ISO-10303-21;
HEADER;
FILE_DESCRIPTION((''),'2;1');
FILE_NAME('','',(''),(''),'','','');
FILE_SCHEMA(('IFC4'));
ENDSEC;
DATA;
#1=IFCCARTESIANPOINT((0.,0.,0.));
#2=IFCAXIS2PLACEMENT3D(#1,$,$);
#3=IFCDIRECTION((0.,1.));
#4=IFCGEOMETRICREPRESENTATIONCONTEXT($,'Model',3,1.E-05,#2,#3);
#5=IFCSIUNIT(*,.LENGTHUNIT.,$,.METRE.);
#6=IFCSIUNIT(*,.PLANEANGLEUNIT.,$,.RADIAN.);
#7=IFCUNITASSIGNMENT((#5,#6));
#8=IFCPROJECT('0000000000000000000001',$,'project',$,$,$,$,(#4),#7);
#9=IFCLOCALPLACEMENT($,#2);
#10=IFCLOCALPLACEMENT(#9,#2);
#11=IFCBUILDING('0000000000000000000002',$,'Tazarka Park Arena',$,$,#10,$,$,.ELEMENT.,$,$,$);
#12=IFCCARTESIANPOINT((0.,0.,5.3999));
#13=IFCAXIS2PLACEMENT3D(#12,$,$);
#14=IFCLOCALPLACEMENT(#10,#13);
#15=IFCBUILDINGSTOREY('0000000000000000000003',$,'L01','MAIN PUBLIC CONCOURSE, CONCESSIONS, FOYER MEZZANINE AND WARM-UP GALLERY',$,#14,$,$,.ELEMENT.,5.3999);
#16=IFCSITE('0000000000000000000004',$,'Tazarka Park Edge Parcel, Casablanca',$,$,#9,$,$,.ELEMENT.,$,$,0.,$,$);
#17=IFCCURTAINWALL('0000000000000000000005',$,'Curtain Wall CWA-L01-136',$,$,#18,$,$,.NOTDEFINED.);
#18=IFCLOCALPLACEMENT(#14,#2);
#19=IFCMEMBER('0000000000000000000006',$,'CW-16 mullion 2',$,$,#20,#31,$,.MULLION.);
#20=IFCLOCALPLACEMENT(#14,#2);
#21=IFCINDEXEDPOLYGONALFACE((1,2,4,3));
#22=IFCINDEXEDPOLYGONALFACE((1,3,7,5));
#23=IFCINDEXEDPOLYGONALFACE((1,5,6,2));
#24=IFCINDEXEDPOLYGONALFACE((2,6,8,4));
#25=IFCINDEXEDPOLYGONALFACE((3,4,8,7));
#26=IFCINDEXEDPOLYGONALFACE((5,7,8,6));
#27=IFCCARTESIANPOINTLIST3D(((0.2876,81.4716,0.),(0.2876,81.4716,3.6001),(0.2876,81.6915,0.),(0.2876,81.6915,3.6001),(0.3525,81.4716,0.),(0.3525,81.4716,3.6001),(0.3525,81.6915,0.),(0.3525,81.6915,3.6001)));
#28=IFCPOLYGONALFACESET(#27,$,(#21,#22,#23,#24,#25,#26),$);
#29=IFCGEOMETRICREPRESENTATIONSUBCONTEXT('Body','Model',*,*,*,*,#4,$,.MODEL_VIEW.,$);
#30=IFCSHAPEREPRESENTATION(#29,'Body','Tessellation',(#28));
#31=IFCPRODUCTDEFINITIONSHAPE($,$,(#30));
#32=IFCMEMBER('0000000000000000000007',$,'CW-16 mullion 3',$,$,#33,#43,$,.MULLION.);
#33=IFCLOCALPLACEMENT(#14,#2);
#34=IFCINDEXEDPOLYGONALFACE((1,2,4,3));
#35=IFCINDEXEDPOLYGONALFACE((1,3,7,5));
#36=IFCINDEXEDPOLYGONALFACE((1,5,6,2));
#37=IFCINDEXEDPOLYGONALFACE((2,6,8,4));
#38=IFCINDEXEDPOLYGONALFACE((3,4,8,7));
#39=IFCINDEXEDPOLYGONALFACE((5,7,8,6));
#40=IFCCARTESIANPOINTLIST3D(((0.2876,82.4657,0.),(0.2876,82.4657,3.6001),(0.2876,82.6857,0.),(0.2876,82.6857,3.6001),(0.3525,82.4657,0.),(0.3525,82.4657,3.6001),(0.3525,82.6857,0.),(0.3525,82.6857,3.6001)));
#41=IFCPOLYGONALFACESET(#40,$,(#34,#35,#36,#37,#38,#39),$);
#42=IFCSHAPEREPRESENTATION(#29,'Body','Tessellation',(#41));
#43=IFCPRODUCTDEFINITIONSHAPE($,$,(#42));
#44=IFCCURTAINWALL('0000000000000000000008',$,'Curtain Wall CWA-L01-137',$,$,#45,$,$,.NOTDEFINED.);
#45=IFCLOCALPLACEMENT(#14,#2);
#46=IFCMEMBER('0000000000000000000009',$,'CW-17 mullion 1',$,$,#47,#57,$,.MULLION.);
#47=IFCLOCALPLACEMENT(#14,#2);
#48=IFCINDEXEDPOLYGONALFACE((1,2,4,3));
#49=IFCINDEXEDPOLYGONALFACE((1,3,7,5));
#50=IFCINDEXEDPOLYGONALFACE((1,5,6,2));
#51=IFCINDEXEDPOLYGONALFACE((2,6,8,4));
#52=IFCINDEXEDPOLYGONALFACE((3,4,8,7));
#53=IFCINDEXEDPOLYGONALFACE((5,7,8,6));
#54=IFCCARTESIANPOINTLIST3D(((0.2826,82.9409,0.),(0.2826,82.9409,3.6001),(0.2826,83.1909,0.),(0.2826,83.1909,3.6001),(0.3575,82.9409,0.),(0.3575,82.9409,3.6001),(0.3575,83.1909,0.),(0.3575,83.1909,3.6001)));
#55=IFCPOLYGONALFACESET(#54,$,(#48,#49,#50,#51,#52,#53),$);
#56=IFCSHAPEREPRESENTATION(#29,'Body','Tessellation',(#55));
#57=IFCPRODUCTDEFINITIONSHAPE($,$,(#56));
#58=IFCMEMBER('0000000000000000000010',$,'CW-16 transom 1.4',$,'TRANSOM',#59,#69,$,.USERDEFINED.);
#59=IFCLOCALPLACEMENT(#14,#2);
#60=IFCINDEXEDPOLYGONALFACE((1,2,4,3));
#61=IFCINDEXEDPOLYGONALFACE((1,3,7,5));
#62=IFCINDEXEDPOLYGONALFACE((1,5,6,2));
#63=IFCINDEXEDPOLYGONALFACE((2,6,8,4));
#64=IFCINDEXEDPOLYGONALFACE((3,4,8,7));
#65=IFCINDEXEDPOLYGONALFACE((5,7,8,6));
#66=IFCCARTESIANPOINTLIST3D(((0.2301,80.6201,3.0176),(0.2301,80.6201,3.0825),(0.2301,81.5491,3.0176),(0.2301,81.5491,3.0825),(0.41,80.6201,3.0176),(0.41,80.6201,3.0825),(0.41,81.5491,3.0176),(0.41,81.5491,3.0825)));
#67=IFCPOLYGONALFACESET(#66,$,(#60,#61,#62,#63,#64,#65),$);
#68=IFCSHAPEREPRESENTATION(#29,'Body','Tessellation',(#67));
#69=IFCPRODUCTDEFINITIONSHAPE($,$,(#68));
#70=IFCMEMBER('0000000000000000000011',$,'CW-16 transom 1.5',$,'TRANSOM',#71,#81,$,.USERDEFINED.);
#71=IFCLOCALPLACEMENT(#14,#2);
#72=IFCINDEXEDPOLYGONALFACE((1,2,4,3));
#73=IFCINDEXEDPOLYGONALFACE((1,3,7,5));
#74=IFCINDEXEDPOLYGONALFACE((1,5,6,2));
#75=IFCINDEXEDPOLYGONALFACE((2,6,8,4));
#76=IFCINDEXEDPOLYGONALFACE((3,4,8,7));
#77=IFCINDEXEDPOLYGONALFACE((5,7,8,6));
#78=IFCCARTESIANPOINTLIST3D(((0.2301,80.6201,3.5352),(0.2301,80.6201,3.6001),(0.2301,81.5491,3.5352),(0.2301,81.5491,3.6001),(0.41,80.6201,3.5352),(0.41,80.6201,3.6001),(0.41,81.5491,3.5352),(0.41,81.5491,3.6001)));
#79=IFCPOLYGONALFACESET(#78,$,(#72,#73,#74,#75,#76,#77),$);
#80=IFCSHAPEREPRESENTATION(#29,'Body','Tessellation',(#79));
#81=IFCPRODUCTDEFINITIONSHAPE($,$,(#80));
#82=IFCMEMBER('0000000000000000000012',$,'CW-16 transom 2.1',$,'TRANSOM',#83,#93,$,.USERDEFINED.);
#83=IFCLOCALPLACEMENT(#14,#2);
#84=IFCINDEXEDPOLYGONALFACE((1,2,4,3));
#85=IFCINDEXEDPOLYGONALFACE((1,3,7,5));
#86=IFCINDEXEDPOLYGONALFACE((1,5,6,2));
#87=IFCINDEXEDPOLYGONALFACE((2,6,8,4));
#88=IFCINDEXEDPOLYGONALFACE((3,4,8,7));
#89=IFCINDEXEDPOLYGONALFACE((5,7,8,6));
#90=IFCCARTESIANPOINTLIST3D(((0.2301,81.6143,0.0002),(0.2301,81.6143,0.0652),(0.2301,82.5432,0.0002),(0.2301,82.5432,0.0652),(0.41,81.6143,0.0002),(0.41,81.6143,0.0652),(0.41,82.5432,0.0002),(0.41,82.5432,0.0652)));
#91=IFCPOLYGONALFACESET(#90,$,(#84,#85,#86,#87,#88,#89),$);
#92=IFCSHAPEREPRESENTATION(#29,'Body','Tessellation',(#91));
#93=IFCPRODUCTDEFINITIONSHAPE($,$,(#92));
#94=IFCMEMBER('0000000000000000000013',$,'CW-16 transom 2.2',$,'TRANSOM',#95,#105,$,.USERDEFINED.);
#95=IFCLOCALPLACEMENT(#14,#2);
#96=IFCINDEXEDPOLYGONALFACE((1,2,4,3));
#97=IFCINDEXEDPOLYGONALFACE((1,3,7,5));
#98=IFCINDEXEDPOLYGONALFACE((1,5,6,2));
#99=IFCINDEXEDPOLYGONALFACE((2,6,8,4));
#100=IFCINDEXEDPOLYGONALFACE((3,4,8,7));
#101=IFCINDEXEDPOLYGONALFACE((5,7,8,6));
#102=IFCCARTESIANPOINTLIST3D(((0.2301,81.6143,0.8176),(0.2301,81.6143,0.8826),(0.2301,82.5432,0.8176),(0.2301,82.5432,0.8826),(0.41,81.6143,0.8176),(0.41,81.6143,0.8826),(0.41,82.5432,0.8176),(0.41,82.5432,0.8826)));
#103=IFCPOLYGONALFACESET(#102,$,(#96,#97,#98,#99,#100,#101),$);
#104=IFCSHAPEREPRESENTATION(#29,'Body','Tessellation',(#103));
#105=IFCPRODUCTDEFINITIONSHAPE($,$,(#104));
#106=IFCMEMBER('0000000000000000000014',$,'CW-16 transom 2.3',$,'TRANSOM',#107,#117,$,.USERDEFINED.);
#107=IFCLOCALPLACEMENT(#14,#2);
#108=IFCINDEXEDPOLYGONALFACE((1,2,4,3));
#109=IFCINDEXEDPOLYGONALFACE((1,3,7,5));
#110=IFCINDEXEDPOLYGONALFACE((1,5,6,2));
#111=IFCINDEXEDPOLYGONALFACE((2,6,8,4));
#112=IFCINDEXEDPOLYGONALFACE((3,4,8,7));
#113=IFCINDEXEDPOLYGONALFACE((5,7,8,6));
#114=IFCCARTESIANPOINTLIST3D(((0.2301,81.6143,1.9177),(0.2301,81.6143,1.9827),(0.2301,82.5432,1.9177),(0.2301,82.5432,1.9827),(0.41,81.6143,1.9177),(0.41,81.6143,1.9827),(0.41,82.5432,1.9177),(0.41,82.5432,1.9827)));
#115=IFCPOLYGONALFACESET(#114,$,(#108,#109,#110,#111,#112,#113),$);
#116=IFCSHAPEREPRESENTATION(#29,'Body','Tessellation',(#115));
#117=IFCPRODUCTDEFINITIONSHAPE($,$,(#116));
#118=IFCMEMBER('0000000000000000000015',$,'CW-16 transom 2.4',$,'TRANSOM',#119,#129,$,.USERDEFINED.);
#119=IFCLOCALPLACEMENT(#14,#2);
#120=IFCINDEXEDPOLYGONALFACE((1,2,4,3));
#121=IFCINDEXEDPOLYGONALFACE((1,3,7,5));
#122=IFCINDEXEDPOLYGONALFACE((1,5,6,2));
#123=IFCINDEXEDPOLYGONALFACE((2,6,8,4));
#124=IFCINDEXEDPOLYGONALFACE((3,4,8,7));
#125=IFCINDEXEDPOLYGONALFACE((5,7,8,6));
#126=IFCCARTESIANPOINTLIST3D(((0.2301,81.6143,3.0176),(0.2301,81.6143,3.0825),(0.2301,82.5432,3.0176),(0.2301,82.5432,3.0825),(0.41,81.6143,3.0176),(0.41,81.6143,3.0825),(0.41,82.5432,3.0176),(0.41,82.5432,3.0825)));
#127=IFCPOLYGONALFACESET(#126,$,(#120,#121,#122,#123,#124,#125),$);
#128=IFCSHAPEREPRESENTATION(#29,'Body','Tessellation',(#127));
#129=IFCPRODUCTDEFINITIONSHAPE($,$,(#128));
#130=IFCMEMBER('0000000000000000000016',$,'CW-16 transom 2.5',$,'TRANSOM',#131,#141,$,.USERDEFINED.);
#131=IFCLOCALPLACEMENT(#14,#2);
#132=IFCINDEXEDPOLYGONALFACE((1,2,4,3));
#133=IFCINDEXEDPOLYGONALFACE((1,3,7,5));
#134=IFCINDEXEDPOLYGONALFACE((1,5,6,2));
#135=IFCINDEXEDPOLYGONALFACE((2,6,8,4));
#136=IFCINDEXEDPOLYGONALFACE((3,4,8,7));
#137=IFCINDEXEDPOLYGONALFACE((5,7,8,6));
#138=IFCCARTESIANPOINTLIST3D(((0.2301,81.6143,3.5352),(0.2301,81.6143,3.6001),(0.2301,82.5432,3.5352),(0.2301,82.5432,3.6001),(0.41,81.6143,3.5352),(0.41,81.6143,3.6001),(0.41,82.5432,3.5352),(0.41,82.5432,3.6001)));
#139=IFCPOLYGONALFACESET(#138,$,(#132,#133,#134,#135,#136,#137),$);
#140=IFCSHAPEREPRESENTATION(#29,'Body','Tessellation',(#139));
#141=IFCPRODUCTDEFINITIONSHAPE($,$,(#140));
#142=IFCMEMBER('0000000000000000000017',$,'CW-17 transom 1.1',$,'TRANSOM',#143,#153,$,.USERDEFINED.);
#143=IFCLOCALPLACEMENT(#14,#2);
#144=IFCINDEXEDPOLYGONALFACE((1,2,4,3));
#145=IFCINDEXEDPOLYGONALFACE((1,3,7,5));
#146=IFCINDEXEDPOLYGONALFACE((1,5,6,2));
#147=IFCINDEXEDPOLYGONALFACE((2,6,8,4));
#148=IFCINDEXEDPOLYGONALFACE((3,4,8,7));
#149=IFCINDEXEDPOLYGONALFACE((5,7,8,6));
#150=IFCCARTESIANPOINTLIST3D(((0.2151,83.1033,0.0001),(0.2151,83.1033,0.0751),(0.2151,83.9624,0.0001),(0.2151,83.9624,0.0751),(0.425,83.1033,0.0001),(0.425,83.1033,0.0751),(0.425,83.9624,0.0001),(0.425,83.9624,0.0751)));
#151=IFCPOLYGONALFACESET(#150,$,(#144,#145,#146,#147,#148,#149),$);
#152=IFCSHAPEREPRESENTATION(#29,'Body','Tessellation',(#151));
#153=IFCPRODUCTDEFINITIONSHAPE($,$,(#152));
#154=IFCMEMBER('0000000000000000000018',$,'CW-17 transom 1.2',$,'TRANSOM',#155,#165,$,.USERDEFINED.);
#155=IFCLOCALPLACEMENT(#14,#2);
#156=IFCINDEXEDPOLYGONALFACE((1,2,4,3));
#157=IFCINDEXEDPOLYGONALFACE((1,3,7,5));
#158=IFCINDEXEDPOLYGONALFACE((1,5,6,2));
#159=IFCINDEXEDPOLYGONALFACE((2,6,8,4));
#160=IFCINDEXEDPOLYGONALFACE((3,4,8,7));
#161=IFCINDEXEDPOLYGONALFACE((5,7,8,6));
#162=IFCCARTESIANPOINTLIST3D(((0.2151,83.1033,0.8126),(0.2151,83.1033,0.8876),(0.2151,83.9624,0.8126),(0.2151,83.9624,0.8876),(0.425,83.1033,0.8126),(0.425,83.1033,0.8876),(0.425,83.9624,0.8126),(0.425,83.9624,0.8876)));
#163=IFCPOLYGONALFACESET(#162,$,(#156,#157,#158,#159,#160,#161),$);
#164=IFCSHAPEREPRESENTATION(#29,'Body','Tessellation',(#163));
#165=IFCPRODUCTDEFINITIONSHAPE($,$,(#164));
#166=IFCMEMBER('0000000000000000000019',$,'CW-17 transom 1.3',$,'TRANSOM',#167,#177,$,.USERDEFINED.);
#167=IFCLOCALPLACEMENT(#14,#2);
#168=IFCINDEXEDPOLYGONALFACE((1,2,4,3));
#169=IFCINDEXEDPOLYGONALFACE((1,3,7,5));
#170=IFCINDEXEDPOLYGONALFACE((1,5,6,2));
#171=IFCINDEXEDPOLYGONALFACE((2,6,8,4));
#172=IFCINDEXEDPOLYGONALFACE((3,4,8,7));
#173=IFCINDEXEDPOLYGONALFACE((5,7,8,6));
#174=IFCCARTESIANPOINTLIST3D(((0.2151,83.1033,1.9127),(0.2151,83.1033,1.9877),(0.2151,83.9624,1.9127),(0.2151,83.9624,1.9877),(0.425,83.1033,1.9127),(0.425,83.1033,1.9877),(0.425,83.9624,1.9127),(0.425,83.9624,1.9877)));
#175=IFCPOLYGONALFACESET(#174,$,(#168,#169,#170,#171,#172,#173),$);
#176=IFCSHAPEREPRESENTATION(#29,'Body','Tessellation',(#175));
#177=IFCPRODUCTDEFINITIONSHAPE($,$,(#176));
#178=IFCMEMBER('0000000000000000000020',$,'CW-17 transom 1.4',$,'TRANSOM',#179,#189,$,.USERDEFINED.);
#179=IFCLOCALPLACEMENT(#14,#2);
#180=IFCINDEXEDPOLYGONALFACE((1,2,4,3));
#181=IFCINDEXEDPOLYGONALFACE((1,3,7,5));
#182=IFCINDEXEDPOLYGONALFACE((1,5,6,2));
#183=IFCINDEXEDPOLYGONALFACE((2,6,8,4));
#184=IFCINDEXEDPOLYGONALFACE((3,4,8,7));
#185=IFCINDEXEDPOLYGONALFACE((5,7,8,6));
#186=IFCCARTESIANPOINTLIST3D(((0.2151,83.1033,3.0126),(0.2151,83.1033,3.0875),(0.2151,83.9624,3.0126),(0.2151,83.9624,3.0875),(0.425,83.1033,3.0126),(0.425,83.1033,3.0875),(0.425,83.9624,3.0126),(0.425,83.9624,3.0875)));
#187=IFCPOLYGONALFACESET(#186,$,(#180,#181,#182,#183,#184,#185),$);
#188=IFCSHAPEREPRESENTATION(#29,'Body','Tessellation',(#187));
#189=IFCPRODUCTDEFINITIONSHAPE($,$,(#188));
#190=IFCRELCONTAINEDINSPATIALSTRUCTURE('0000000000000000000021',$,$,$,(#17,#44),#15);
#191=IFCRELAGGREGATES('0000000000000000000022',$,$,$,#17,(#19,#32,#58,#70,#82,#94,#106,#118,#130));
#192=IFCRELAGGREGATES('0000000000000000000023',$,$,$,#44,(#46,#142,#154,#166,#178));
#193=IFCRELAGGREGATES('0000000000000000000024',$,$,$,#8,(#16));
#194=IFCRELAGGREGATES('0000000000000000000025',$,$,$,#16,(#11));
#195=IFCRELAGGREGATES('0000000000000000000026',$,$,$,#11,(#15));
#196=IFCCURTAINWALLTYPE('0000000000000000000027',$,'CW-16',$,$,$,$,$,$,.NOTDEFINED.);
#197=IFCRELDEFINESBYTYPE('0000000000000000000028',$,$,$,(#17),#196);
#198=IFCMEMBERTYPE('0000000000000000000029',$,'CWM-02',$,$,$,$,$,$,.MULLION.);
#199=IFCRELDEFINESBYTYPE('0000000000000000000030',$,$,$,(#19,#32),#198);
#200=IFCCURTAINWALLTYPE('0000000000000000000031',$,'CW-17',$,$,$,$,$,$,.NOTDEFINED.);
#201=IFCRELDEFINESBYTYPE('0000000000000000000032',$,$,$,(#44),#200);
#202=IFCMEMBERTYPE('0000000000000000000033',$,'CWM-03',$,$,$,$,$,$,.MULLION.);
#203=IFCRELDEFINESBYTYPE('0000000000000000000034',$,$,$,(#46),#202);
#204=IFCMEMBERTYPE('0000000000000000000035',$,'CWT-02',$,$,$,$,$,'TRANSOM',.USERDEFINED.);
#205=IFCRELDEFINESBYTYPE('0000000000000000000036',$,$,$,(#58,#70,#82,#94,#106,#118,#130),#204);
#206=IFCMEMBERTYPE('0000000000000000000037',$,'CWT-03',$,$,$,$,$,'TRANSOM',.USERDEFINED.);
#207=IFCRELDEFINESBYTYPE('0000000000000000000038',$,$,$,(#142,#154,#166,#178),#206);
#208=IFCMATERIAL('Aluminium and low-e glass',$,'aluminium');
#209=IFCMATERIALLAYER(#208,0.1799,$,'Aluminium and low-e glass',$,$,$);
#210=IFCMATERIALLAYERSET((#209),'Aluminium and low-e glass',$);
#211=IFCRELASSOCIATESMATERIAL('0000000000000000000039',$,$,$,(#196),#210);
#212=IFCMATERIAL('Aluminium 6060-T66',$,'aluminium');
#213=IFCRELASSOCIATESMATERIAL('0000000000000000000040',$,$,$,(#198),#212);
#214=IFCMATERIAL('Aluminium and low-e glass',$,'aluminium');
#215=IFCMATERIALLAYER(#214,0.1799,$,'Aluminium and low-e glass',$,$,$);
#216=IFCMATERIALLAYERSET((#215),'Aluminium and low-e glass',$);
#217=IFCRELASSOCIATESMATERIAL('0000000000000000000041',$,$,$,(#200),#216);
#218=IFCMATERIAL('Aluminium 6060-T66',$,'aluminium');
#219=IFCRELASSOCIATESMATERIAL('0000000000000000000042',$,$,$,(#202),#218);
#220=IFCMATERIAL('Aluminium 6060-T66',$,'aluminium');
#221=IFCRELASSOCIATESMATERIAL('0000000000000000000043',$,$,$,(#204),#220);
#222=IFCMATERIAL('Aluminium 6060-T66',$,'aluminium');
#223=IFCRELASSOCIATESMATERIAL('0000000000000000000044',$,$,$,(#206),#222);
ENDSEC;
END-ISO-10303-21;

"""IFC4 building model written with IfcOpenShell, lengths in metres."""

from ifc_helpers import new_model, si_unit, direction, frame, origin, origin_2d, place, context, subcontext, project, spatial, rectangle, extrude, material, layer, layer_set, material_profile, profile_set, type_object, element, aggregate, save


model = new_model("IFC4")

# Units and contexts
model_context = context("Model", 3, precision=1e-05, world=origin(), true_north=direction((0.0, 1.0)))
body_context = subcontext(model_context, "Body", "Model", "MODEL_VIEW")
ifc_project = project(units=[si_unit("LENGTHUNIT", "METRE"), si_unit("PLANEANGLEUNIT", "RADIAN")], contexts=[model_context])

# Site, building, storey
site_placement = place(None, origin())
site = spatial("IfcSite", under=ifc_project, at=site_placement, Name="Tazarka Park Edge Parcel, Casablanca", CompositionType="ELEMENT", RefElevation=0.0)
building_placement = place(site_placement, origin())
building = spatial("IfcBuilding", under=site, at=building_placement, Name="Tazarka Park Arena", CompositionType="ELEMENT")
storey_placement = place(building_placement, frame((0.0, 0.0, 5.3999)))
storey = spatial("IfcBuildingStorey", under=building, at=storey_placement, Name="L01", Description="MAIN PUBLIC CONCOURSE, CONCESSIONS, FOYER MEZZANINE AND WARM-UP GALLERY", CompositionType="ELEMENT", Elevation=5.3999)

# Curtain wall, members
ifc_material_1 = material(Name="Aluminium and low-e glass", Category="aluminium")
ifc_layer_1 = layer(ifc_material_1, 0.1799, Name="Aluminium and low-e glass")
ifc_layer_set_1 = layer_set([ifc_layer_1], Name="Aluminium and low-e glass")
curtain_wall_type_1 = type_object("IfcCurtainWallType", Name="CW-16", PredefinedType="NOTDEFINED", material=ifc_layer_set_1)
curtain_wall_1_placement = place(storey_placement, origin())
curtain_wall_1 = element("IfcCurtainWall", 1, at=curtain_wall_1_placement, inside=storey, type_object=curtain_wall_type_1, Name="Curtain Wall CWA-L01-136", PredefinedType="NOTDEFINED")
ifc_material_2 = material(Name="Aluminium 6060-T66", Category="aluminium")
ifc_material_profile_1 = material_profile(ifc_material_2, rectangle(XDim=0.0649, YDim=0.22, at=origin_2d()), Name="Aluminium 6060-T66")
ifc_profile_set_1 = profile_set([ifc_material_profile_1], Name="Aluminium 6060-T66")
member_type_1 = type_object("IfcMemberType", Name="CWM-02", PredefinedType="MULLION", material=ifc_profile_set_1)
member_1_placement = place(storey_placement, frame((0.3201, 81.5815, 0.0), z_axis=(0.0, 0.0, 1.0), x_axis=(-1.0, 0.0, 0.0)))
member_1 = element("IfcMember", 2, at=member_1_placement, type_object=member_type_1, Name="CW-16 mullion 2", PredefinedType="MULLION", context=body_context, shape_type="SweptSolid", body=[
    extrude(rectangle(XDim=0.0649, YDim=0.22, at=origin_2d()), origin(), (0.0, 0.0, 1.0), 3.6001),
])
member_2_placement = place(storey_placement, frame((0.3201, 82.5757, 0.0), z_axis=(0.0, 0.0, 1.0), x_axis=(-1.0, 0.0, 0.0)))
member_2 = element("IfcMember", 3, at=member_2_placement, type_object=member_type_1, Name="CW-16 mullion 3", PredefinedType="MULLION", context=body_context, shape_type="SweptSolid", body=[
    extrude(rectangle(XDim=0.0649, YDim=0.22, at=origin_2d()), origin(), (0.0, 0.0, 1.0), 3.6001),
])

# Curtain wall, member
ifc_material_3 = material(Name="Aluminium and low-e glass", Category="aluminium")
ifc_layer_2 = layer(ifc_material_3, 0.1799, Name="Aluminium and low-e glass")
ifc_layer_set_2 = layer_set([ifc_layer_2], Name="Aluminium and low-e glass")
curtain_wall_type_2 = type_object("IfcCurtainWallType", Name="CW-17", PredefinedType="NOTDEFINED", material=ifc_layer_set_2)
curtain_wall_2_placement = place(storey_placement, origin())
curtain_wall_2 = element("IfcCurtainWall", 4, at=curtain_wall_2_placement, inside=storey, type_object=curtain_wall_type_2, Name="Curtain Wall CWA-L01-137", PredefinedType="NOTDEFINED")
ifc_material_4 = material(Name="Aluminium 6060-T66", Category="aluminium")
ifc_material_profile_2 = material_profile(ifc_material_4, rectangle(XDim=0.075, YDim=0.25, at=origin_2d()), Name="Aluminium 6060-T66")
ifc_profile_set_2 = profile_set([ifc_material_profile_2], Name="Aluminium 6060-T66")
member_type_2 = type_object("IfcMemberType", Name="CWM-03", PredefinedType="MULLION", material=ifc_profile_set_2)
member_3_placement = place(storey_placement, frame((0.3201, 83.0659, 0.0), z_axis=(0.0, 0.0, 1.0), x_axis=(-1.0, 0.0, 0.0)))
member_3 = element("IfcMember", 5, at=member_3_placement, type_object=member_type_2, Name="CW-17 mullion 1", PredefinedType="MULLION", context=body_context, shape_type="SweptSolid", body=[
    extrude(rectangle(XDim=0.075, YDim=0.25, at=origin_2d()), origin(), (0.0, 0.0, 1.0), 3.6001),
])

# Members
ifc_material_5 = material(Name="Aluminium 6060-T66", Category="aluminium")
ifc_material_profile_3 = material_profile(ifc_material_5, rectangle(XDim=0.1799, YDim=0.0649, at=origin_2d()), Name="Aluminium 6060-T66")
ifc_profile_set_3 = profile_set([ifc_material_profile_3], Name="Aluminium 6060-T66")
member_type_3 = type_object("IfcMemberType", Name="CWT-02", ElementType="TRANSOM", PredefinedType="USERDEFINED", material=ifc_profile_set_3)
member_4_placement = place(storey_placement, frame((0.3201, 80.6201, 3.05), z_axis=(0.0, 1.0, 0.0), x_axis=(-1.0, 0.0, 0.0)))
member_4 = element("IfcMember", 6, at=member_4_placement, type_object=member_type_3, Name="CW-16 transom 1.4", ObjectType="TRANSOM", PredefinedType="USERDEFINED", context=body_context, shape_type="SweptSolid", body=[
    extrude(rectangle(XDim=0.1799, YDim=0.0649, at=origin_2d()), origin(), (0.0, 0.0, 1.0), 0.929),
])
member_5_placement = place(storey_placement, frame((0.3201, 80.6201, 3.5676), z_axis=(0.0, 1.0, 0.0), x_axis=(-1.0, 0.0, 0.0)))
member_5 = element("IfcMember", 7, at=member_5_placement, type_object=member_type_3, Name="CW-16 transom 1.5", ObjectType="TRANSOM", PredefinedType="USERDEFINED", context=body_context, shape_type="SweptSolid", body=[
    extrude(rectangle(XDim=0.1799, YDim=0.0649, at=origin_2d()), origin(), (0.0, 0.0, 1.0), 0.929),
])
member_6_placement = place(storey_placement, frame((0.3201, 81.6143, 0.0327), z_axis=(0.0, 1.0, 0.0), x_axis=(-1.0, 0.0, 0.0)))
member_6 = element("IfcMember", 8, at=member_6_placement, type_object=member_type_3, Name="CW-16 transom 2.1", ObjectType="TRANSOM", PredefinedType="USERDEFINED", context=body_context, shape_type="SweptSolid", body=[
    extrude(rectangle(XDim=0.1799, YDim=0.0649, at=origin_2d()), origin(), (0.0, 0.0, 1.0), 0.929),
])
member_7_placement = place(storey_placement, frame((0.3201, 81.6143, 0.8501), z_axis=(0.0, 1.0, 0.0), x_axis=(-1.0, 0.0, 0.0)))
member_7 = element("IfcMember", 9, at=member_7_placement, type_object=member_type_3, Name="CW-16 transom 2.2", ObjectType="TRANSOM", PredefinedType="USERDEFINED", context=body_context, shape_type="SweptSolid", body=[
    extrude(rectangle(XDim=0.1799, YDim=0.0649, at=origin_2d()), origin(), (0.0, 0.0, 1.0), 0.929),
])
member_8_placement = place(storey_placement, frame((0.3201, 81.6143, 1.9502), z_axis=(0.0, 1.0, 0.0), x_axis=(-1.0, 0.0, 0.0)))
member_8 = element("IfcMember", 10, at=member_8_placement, type_object=member_type_3, Name="CW-16 transom 2.3", ObjectType="TRANSOM", PredefinedType="USERDEFINED", context=body_context, shape_type="SweptSolid", body=[
    extrude(rectangle(XDim=0.1799, YDim=0.0649, at=origin_2d()), origin(), (0.0, 0.0, 1.0), 0.929),
])
member_9_placement = place(storey_placement, frame((0.3201, 81.6143, 3.05), z_axis=(0.0, 1.0, 0.0), x_axis=(-1.0, 0.0, 0.0)))
member_9 = element("IfcMember", 11, at=member_9_placement, type_object=member_type_3, Name="CW-16 transom 2.4", ObjectType="TRANSOM", PredefinedType="USERDEFINED", context=body_context, shape_type="SweptSolid", body=[
    extrude(rectangle(XDim=0.1799, YDim=0.0649, at=origin_2d()), origin(), (0.0, 0.0, 1.0), 0.929),
])
member_10_placement = place(storey_placement, frame((0.3201, 81.6143, 3.5676), z_axis=(0.0, 1.0, 0.0), x_axis=(-1.0, 0.0, 0.0)))
member_10 = element("IfcMember", 12, at=member_10_placement, type_object=member_type_3, Name="CW-16 transom 2.5", ObjectType="TRANSOM", PredefinedType="USERDEFINED", context=body_context, shape_type="SweptSolid", body=[
    extrude(rectangle(XDim=0.1799, YDim=0.0649, at=origin_2d()), origin(), (0.0, 0.0, 1.0), 0.929),
])
ifc_material_6 = material(Name="Aluminium 6060-T66", Category="aluminium")
ifc_material_profile_4 = material_profile(ifc_material_6, rectangle(XDim=0.21, YDim=0.075, at=origin_2d()), Name="Aluminium 6060-T66")
ifc_profile_set_4 = profile_set([ifc_material_profile_4], Name="Aluminium 6060-T66")
member_type_4 = type_object("IfcMemberType", Name="CWT-03", ElementType="TRANSOM", PredefinedType="USERDEFINED", material=ifc_profile_set_4)
member_11_placement = place(storey_placement, frame((0.3201, 83.1033, 0.0376), z_axis=(0.0, 1.0, 0.0), x_axis=(-1.0, 0.0, 0.0)))
member_11 = element("IfcMember", 13, at=member_11_placement, type_object=member_type_4, Name="CW-17 transom 1.1", ObjectType="TRANSOM", PredefinedType="USERDEFINED", context=body_context, shape_type="SweptSolid", body=[
    extrude(rectangle(XDim=0.21, YDim=0.075, at=origin_2d()), origin(), (0.0, 0.0, 1.0), 0.8591),
])
member_12_placement = place(storey_placement, frame((0.3201, 83.1033, 0.8501), z_axis=(0.0, 1.0, 0.0), x_axis=(-1.0, 0.0, 0.0)))
member_12 = element("IfcMember", 14, at=member_12_placement, type_object=member_type_4, Name="CW-17 transom 1.2", ObjectType="TRANSOM", PredefinedType="USERDEFINED", context=body_context, shape_type="SweptSolid", body=[
    extrude(rectangle(XDim=0.21, YDim=0.075, at=origin_2d()), origin(), (0.0, 0.0, 1.0), 0.8591),
])
member_13_placement = place(storey_placement, frame((0.3201, 83.1033, 1.9502), z_axis=(0.0, 1.0, 0.0), x_axis=(-1.0, 0.0, 0.0)))
member_13 = element("IfcMember", 15, at=member_13_placement, type_object=member_type_4, Name="CW-17 transom 1.3", ObjectType="TRANSOM", PredefinedType="USERDEFINED", context=body_context, shape_type="SweptSolid", body=[
    extrude(rectangle(XDim=0.21, YDim=0.075, at=origin_2d()), origin(), (0.0, 0.0, 1.0), 0.8591),
])
member_14_placement = place(storey_placement, frame((0.3201, 83.1033, 3.05), z_axis=(0.0, 1.0, 0.0), x_axis=(-1.0, 0.0, 0.0)))
member_14 = element("IfcMember", 16, at=member_14_placement, type_object=member_type_4, Name="CW-17 transom 1.4", ObjectType="TRANSOM", PredefinedType="USERDEFINED", context=body_context, shape_type="SweptSolid", body=[
    extrude(rectangle(XDim=0.21, YDim=0.075, at=origin_2d()), origin(), (0.0, 0.0, 1.0), 0.8591),
])

aggregate(curtain_wall_1, [member_1, member_2, member_4, member_5, member_6, member_7, member_8, member_9, member_10])
aggregate(curtain_wall_2, [member_3, member_11, member_12, member_13, member_14])

save(model, "model.ifc")
